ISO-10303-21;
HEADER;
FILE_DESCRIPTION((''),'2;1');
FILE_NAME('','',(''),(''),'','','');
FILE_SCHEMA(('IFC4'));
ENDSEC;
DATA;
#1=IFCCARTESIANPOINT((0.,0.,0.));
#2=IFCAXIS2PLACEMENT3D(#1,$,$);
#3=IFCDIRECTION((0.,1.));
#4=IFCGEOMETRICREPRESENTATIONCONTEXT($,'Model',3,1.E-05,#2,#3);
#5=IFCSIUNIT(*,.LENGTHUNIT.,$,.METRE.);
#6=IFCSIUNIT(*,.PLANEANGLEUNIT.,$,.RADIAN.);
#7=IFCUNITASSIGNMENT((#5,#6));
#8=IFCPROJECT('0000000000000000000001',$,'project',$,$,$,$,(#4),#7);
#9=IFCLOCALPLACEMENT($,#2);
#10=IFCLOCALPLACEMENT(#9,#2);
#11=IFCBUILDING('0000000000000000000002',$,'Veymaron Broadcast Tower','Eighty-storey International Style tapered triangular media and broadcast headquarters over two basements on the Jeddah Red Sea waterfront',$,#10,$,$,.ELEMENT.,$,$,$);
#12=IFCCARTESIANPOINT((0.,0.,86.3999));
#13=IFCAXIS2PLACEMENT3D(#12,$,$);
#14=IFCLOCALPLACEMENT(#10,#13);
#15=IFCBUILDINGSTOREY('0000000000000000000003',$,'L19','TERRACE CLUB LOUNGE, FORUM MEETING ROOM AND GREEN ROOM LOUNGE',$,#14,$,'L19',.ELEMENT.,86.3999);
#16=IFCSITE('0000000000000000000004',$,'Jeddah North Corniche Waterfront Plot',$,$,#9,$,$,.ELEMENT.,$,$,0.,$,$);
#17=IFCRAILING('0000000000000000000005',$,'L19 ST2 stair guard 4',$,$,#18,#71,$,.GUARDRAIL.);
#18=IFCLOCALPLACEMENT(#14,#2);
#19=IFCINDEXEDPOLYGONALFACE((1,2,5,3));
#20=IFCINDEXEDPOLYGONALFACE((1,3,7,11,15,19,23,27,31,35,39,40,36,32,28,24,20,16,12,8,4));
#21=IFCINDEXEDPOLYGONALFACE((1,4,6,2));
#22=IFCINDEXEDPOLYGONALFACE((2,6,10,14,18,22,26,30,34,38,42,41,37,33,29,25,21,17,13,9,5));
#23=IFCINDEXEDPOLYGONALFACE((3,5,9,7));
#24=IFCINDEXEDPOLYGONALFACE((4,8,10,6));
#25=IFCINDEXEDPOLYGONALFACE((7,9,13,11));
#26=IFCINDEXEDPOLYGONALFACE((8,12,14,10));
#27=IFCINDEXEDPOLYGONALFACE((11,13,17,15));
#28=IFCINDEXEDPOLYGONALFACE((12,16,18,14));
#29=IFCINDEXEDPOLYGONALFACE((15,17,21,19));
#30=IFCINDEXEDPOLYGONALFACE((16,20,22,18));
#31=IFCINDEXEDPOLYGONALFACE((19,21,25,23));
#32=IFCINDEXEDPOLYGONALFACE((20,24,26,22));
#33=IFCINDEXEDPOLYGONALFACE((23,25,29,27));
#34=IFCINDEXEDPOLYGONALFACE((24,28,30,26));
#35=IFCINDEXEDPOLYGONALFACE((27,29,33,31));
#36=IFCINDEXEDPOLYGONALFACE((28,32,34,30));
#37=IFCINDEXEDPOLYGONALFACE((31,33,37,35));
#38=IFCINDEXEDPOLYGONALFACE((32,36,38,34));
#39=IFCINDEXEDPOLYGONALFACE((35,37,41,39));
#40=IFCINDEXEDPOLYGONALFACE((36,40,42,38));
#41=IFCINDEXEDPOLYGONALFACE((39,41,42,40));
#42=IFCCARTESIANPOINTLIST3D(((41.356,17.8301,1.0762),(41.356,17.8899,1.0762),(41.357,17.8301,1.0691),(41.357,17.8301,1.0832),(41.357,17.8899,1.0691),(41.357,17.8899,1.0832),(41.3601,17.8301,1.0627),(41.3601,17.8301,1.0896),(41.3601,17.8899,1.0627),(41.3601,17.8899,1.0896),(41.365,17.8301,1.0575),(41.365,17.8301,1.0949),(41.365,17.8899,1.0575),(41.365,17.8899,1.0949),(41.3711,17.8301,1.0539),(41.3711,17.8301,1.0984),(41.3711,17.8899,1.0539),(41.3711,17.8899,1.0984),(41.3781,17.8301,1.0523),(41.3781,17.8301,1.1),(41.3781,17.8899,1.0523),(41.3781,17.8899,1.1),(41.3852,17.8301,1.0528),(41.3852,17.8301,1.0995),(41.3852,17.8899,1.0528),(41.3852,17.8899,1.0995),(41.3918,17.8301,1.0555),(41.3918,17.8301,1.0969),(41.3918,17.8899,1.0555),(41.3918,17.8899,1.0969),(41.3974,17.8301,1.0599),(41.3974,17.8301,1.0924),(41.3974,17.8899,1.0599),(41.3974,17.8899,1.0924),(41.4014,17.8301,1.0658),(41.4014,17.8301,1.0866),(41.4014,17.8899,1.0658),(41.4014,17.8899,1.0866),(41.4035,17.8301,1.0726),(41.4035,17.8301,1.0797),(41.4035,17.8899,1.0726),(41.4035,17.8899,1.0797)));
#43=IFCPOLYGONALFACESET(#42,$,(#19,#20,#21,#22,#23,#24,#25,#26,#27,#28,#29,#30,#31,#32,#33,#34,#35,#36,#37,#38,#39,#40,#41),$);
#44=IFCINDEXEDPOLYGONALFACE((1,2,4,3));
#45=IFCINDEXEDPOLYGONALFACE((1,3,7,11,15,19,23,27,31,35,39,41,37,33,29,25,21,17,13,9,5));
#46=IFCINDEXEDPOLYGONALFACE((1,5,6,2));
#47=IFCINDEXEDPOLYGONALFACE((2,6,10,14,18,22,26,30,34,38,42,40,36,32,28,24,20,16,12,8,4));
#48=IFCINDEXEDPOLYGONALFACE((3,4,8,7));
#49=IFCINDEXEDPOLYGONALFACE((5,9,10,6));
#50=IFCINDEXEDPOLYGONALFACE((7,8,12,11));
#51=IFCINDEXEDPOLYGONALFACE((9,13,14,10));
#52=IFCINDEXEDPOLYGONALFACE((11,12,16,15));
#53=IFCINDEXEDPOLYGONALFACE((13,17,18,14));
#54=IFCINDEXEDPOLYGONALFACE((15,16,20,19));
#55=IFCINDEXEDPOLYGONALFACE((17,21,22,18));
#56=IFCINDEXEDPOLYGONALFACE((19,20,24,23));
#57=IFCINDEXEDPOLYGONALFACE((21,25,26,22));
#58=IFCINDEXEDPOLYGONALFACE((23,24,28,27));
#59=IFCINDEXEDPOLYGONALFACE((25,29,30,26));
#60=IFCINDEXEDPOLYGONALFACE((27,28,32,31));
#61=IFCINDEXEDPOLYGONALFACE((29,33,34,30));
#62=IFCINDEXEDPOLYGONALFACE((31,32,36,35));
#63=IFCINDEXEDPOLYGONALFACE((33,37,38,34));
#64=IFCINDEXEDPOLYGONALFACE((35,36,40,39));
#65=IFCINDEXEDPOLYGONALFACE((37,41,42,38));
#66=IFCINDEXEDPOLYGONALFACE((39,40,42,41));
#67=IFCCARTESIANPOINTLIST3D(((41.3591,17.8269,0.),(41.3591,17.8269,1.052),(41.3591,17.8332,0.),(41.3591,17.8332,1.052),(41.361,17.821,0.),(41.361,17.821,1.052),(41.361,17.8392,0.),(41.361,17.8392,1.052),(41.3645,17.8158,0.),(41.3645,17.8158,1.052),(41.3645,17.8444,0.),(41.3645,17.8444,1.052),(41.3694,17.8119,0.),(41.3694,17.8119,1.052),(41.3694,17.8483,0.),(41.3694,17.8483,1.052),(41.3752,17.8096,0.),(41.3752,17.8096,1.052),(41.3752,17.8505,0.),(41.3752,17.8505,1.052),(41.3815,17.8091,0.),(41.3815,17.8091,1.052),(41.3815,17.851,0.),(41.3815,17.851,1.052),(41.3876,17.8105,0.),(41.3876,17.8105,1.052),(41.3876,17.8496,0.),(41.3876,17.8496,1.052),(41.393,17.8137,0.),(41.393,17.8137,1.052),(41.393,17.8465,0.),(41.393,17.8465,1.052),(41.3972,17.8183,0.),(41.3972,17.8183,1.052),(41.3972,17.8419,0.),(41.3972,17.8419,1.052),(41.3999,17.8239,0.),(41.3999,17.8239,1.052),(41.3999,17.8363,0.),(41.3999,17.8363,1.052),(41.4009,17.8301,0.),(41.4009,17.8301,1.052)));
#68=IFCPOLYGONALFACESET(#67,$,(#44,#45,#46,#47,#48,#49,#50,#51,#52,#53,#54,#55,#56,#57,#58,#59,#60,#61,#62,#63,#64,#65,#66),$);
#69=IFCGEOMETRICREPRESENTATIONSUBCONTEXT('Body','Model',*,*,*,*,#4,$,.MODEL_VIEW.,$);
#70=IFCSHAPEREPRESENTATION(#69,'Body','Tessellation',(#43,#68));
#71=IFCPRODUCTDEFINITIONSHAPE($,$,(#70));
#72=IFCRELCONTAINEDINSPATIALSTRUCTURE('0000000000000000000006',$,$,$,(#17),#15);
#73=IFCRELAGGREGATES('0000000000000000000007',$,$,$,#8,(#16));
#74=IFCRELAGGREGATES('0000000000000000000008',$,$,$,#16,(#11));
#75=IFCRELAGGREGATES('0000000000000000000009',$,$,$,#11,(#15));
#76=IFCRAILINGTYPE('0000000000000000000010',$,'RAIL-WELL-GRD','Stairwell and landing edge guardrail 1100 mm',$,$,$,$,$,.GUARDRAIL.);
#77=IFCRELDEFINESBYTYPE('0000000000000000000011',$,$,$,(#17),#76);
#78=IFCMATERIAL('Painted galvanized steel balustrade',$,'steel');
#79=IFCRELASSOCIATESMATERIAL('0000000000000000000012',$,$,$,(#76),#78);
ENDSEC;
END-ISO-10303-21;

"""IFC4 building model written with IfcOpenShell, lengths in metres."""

from ifc_helpers import new_model, si_unit, direction, frame, origin, origin_2d, place, context, subcontext, project, spatial, circle, extrude, material, type_object, element, save


model = new_model("IFC4")

# Units and contexts
model_context = context("Model", 3, precision=1e-05, world=origin(), true_north=direction((0.0, 1.0)))
body_context = subcontext(model_context, "Body", "Model", "MODEL_VIEW")
ifc_project = project(units=[si_unit("LENGTHUNIT", "METRE"), si_unit("PLANEANGLEUNIT", "RADIAN")], contexts=[model_context])

# Site, building, storey
site_placement = place(None, origin())
site = spatial("IfcSite", under=ifc_project, at=site_placement, Name="Jeddah North Corniche Waterfront Plot", CompositionType="ELEMENT", RefElevation=0.0)
building_placement = place(site_placement, origin())
building = spatial("IfcBuilding", under=site, at=building_placement, Name="Veymaron Broadcast Tower", Description="Eighty-storey International Style tapered triangular media and broadcast headquarters over two basements on the Jeddah Red Sea waterfront", CompositionType="ELEMENT")
storey_placement = place(building_placement, frame((0.0, 0.0, 86.3999)))
storey = spatial("IfcBuildingStorey", under=building, at=storey_placement, Name="L19", Description="TERRACE CLUB LOUNGE, FORUM MEETING ROOM AND GREEN ROOM LOUNGE", LongName="L19", CompositionType="ELEMENT", Elevation=86.3999)

# Railing
ifc_material_1 = material(Name="Painted galvanized steel balustrade", Category="steel")
railing_type_1 = type_object("IfcRailingType", Name="RAIL-WELL-GRD", Description="Stairwell and landing edge guardrail 1100 mm", PredefinedType="GUARDRAIL", material=ifc_material_1)
railing_1_placement = place(storey_placement, frame((41.3799, 17.8301, 0.0)))
element("IfcRailing", 1, at=railing_1_placement, inside=storey, type_object=railing_type_1, Name="L19 ST2 stair guard 4", PredefinedType="GUARDRAIL", context=body_context, shape_type="SweptSolid", body=[
    extrude(circle(Radius=0.0239, at=origin_2d()), frame((0.0, 0.0, 1.0762), z_axis=(0.0, 1.0, 0.0), x_axis=(-1.0, 0.0, 0.0)), (0.0, 0.0, 1.0), 0.0598),
    extrude(circle(Radius=0.021, at=origin_2d()), origin(), (0.0, 0.0, 1.0), 1.052),
])

save(model, "model.ifc")
